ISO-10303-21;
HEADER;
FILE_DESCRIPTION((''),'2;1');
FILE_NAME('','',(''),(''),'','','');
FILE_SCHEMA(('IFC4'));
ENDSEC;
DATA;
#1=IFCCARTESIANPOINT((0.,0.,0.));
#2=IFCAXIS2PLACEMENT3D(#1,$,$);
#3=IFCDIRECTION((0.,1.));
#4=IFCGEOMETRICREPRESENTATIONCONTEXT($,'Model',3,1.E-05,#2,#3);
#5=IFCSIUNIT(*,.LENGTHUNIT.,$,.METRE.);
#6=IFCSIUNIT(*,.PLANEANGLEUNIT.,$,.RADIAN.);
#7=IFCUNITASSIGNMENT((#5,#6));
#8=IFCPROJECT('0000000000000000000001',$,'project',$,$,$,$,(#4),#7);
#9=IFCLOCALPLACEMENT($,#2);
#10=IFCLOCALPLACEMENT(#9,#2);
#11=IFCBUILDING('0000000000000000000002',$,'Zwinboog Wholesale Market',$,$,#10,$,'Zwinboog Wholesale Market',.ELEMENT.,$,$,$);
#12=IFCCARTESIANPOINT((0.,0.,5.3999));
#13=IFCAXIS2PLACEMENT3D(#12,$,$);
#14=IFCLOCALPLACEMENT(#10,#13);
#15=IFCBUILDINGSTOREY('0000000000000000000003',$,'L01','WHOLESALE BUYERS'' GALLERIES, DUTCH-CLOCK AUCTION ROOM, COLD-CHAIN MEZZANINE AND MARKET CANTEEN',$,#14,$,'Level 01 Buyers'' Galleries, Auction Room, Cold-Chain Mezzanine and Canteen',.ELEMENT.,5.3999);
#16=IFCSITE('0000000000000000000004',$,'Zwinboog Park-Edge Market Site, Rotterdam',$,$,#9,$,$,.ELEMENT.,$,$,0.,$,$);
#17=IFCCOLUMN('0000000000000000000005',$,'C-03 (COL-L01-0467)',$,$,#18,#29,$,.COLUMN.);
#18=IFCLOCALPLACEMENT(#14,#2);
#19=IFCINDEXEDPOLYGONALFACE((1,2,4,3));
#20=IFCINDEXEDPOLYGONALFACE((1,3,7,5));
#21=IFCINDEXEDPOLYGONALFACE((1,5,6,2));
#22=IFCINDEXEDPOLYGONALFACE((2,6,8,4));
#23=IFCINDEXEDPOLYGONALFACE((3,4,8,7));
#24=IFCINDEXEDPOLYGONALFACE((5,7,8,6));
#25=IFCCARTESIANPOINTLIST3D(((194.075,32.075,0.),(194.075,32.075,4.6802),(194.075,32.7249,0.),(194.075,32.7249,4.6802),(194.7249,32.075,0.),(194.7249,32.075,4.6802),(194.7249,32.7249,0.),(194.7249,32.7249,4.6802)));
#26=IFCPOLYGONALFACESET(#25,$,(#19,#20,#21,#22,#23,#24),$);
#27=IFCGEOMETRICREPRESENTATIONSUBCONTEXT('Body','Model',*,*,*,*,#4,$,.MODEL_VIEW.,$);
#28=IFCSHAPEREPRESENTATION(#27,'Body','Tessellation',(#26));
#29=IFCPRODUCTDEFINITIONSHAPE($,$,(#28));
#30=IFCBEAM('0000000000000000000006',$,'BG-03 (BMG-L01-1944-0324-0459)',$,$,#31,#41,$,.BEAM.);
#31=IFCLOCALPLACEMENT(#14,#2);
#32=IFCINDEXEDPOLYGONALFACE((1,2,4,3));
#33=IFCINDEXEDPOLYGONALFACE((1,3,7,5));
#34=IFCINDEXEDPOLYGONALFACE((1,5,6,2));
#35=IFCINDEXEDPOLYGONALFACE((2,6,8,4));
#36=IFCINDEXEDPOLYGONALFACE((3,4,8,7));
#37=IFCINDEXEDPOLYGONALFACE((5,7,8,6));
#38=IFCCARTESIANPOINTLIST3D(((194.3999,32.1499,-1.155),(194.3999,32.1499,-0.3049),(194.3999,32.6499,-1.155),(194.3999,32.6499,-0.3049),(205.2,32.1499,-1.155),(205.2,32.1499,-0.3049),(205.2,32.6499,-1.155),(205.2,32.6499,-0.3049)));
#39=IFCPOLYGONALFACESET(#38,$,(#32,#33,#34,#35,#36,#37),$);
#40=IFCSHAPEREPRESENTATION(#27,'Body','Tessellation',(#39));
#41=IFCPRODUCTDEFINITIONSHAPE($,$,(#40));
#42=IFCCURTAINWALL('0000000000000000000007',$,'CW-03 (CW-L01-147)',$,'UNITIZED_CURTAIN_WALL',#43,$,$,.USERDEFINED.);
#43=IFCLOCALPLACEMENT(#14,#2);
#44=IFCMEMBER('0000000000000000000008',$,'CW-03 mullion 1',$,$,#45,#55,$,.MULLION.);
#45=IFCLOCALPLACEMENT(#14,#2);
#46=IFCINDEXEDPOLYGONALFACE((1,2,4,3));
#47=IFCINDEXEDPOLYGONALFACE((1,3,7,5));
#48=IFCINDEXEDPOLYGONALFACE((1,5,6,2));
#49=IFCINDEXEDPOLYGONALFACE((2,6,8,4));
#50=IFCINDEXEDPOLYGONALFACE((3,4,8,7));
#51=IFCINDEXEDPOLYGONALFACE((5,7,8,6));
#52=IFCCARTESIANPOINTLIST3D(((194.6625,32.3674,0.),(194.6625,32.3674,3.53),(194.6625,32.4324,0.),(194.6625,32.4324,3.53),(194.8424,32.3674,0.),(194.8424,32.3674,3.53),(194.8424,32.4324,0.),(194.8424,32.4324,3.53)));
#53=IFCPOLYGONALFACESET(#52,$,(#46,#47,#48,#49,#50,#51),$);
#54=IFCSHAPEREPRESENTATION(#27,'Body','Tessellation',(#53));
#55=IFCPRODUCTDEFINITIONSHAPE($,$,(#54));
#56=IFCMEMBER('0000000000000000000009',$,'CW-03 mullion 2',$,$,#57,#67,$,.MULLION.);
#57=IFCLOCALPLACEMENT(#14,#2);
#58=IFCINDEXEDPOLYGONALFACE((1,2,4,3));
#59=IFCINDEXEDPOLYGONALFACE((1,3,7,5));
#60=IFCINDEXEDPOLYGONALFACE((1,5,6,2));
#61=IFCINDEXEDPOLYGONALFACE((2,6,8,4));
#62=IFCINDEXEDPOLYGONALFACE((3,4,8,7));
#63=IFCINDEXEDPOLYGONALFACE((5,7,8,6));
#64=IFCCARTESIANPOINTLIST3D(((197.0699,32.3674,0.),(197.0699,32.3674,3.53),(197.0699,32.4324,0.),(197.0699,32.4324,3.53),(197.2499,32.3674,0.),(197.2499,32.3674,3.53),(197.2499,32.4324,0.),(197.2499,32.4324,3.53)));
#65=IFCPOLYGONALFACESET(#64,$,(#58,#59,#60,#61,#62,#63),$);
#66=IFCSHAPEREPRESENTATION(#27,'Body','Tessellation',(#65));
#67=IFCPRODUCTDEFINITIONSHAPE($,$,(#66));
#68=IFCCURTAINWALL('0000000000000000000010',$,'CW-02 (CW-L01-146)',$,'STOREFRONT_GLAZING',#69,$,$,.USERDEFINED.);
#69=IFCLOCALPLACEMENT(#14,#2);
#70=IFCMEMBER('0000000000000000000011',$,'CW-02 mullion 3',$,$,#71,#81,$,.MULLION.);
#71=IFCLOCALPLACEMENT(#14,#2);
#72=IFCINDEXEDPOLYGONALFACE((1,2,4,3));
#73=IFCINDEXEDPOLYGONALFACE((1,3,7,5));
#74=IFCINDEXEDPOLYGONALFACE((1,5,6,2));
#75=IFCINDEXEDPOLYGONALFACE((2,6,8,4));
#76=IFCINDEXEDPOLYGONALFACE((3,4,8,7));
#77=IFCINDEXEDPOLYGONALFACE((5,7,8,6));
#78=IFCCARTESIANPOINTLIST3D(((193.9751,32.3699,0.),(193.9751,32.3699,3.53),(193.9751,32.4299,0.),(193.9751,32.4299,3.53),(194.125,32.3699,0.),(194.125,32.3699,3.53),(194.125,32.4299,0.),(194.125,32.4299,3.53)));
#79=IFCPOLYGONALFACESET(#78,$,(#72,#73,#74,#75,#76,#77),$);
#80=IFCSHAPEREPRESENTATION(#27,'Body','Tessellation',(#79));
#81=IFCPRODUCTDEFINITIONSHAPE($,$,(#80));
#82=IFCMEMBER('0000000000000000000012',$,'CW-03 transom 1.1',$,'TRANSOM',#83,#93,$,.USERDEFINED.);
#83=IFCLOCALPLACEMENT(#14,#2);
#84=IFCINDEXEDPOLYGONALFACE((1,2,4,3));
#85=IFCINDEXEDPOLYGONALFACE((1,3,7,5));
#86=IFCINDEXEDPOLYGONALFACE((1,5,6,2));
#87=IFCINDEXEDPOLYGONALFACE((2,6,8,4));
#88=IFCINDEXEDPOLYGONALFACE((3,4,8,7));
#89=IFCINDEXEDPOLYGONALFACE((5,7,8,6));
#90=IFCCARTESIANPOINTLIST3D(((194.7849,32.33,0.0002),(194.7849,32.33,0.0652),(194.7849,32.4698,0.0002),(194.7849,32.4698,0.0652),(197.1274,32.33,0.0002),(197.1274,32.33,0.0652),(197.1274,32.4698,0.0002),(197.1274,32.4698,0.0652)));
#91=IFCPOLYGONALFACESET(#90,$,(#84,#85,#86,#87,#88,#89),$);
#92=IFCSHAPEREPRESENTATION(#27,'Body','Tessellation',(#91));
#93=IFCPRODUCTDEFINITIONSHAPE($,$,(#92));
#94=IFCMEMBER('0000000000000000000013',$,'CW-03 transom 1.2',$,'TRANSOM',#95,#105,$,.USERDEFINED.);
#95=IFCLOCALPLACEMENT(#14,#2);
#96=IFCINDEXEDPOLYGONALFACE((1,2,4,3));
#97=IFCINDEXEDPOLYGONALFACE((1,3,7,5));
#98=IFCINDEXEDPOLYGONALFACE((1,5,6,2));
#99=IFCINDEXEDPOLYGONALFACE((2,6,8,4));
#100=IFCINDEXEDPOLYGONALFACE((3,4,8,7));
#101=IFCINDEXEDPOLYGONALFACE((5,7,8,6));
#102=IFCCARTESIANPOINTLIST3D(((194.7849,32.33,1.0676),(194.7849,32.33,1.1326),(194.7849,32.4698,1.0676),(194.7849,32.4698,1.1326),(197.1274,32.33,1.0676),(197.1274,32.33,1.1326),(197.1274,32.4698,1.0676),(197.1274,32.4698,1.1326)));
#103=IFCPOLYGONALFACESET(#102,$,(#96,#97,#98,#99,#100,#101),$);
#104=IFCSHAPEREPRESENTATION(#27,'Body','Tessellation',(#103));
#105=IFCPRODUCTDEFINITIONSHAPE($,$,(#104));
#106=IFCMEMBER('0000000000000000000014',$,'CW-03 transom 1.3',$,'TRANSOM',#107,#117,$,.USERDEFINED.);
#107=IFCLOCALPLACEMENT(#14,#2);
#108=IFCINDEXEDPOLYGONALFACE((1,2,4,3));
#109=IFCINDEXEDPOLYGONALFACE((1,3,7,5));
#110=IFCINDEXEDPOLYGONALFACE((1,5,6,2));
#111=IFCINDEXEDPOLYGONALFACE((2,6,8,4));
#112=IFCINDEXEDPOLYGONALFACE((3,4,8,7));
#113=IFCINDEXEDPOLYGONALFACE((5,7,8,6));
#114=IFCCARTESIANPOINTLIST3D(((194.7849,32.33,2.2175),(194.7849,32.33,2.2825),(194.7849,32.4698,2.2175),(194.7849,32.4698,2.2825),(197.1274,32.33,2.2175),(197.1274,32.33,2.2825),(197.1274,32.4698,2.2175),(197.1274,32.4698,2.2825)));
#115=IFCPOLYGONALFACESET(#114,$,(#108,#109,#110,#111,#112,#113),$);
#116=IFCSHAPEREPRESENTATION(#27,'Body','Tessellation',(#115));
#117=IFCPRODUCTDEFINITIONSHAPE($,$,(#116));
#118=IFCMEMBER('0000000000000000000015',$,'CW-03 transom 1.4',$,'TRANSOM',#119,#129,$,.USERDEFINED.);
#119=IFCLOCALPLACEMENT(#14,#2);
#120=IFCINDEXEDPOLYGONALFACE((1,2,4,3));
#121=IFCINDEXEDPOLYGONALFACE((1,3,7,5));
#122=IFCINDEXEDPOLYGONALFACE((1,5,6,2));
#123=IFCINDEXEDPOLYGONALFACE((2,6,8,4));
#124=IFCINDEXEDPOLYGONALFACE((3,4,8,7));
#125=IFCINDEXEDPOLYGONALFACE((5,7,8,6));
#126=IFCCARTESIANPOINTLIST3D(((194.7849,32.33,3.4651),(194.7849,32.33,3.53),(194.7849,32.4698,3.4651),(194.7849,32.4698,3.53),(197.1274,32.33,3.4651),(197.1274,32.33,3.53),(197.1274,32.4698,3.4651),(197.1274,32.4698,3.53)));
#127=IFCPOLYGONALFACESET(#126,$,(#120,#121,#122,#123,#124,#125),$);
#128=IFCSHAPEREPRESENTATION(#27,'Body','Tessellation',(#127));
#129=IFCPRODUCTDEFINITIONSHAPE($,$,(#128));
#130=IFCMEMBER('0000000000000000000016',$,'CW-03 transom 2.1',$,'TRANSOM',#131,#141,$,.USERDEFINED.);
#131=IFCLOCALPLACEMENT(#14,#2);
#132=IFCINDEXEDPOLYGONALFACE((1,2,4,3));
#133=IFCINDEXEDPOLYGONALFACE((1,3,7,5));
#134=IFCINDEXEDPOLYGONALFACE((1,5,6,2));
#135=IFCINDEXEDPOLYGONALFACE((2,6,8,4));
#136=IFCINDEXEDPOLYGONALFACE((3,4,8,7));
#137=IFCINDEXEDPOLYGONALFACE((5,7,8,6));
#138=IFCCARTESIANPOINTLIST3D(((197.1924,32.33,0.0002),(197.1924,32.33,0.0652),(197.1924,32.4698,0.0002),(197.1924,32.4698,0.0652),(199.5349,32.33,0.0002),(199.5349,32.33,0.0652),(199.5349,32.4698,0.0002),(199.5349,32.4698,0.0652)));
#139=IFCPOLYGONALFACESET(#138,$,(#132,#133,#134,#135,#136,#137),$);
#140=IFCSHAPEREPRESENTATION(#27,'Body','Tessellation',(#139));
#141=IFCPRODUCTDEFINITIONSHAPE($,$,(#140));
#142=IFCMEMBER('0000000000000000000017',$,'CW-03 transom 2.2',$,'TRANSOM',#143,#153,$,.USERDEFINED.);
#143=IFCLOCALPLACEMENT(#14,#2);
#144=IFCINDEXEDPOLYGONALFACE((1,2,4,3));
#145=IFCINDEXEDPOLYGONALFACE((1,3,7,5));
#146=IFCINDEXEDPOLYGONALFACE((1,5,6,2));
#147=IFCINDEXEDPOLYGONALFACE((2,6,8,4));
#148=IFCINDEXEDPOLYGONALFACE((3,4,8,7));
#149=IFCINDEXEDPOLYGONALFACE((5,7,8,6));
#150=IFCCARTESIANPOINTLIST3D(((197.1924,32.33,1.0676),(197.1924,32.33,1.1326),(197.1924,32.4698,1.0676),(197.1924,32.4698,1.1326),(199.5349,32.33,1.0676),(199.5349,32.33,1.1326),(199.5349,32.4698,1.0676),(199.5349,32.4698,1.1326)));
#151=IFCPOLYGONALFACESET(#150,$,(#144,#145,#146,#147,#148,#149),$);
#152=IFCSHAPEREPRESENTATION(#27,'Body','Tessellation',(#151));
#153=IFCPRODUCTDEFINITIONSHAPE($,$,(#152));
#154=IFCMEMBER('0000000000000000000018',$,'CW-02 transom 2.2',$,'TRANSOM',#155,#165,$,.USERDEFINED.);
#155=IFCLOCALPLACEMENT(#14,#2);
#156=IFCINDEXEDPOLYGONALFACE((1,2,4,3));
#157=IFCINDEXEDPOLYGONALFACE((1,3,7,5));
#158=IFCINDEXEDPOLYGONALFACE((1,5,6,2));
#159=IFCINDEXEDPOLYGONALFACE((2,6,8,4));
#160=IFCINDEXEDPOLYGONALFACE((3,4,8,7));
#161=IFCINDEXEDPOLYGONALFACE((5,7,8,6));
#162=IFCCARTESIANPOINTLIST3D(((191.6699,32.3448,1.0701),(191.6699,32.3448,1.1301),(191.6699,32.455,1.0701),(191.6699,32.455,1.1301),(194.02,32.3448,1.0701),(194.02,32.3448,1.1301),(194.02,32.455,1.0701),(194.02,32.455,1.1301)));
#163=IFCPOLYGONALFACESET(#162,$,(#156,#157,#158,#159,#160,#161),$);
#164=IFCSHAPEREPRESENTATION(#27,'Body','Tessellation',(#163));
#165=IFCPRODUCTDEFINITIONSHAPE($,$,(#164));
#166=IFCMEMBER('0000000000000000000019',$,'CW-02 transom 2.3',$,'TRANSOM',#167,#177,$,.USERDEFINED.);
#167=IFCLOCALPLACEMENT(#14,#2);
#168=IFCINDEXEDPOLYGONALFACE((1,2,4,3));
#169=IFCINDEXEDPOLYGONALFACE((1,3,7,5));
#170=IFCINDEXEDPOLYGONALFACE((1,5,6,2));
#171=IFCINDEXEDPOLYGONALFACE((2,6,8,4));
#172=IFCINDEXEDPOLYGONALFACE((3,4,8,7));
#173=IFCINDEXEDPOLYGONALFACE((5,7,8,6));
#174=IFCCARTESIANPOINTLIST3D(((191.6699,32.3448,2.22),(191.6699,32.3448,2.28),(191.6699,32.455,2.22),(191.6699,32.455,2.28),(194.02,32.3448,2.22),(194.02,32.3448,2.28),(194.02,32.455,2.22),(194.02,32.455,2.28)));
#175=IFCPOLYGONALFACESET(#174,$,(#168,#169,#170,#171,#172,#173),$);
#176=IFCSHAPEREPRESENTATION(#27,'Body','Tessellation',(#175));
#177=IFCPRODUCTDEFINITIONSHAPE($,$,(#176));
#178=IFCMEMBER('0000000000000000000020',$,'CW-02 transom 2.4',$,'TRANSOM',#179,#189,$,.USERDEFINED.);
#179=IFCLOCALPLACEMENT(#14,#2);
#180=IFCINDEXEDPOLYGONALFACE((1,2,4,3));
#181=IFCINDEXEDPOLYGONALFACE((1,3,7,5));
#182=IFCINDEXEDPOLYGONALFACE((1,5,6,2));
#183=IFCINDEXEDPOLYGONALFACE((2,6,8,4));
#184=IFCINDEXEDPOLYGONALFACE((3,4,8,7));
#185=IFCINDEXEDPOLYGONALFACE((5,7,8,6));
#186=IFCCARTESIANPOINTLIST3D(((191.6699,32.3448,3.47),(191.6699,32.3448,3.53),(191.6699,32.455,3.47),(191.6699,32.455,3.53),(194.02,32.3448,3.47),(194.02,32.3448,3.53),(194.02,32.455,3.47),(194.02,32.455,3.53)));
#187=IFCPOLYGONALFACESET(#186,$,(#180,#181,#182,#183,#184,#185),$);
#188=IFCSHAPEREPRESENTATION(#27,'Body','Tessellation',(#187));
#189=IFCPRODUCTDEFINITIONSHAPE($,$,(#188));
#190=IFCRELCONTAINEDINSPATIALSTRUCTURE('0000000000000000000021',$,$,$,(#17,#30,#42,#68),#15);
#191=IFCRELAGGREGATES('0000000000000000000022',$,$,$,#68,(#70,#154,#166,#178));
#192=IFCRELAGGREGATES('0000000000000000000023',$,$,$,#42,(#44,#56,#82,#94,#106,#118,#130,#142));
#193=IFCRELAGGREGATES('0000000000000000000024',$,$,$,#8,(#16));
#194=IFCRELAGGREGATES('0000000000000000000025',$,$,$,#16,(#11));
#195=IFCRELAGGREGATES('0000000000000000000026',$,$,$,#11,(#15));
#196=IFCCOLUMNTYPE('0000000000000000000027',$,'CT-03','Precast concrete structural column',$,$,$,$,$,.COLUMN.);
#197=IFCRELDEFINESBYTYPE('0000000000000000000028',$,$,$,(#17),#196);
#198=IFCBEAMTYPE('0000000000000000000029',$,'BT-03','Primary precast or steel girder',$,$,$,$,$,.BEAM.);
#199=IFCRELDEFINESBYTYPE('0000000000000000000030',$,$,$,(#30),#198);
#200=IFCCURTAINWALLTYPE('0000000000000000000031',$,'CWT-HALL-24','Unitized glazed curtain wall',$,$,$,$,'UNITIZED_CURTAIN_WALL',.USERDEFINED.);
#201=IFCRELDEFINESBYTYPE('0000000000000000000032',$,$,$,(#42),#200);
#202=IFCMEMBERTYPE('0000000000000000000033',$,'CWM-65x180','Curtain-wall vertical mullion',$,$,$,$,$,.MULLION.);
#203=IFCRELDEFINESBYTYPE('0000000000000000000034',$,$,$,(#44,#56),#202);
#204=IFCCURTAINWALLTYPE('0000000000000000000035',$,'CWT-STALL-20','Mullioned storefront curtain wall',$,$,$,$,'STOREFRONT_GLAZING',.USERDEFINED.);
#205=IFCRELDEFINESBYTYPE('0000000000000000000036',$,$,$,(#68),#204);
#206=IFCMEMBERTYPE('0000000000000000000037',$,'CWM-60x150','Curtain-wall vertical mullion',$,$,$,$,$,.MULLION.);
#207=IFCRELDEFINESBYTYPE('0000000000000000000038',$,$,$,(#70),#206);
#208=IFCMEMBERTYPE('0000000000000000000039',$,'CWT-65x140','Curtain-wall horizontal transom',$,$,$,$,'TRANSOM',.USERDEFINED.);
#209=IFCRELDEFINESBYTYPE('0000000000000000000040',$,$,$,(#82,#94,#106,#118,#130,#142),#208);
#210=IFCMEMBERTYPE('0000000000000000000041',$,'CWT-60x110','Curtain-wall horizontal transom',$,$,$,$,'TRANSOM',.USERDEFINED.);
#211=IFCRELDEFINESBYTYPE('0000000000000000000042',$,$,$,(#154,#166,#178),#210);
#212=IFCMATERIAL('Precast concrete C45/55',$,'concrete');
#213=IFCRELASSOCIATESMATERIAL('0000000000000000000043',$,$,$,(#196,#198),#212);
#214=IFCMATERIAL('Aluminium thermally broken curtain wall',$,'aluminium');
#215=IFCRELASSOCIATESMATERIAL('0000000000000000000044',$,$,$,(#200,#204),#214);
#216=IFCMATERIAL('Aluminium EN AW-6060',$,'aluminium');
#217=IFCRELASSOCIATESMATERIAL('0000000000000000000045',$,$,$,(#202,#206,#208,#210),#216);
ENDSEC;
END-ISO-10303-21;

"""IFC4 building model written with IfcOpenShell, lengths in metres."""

from ifc_helpers import new_model, si_unit, direction, frame, origin, origin_2d, place, context, subcontext, project, spatial, rectangle, extrude, material, material_profile, profile_set, type_object, element, aggregate, save


model = new_model("IFC4")

# Units and contexts
model_context = context("Model", 3, precision=1e-05, world=origin(), true_north=direction((0.0, 1.0)))
body_context = subcontext(model_context, "Body", "Model", "MODEL_VIEW")
ifc_project = project(units=[si_unit("LENGTHUNIT", "METRE"), si_unit("PLANEANGLEUNIT", "RADIAN")], contexts=[model_context])

# Site, building, storey
site_placement = place(None, origin())
site = spatial("IfcSite", under=ifc_project, at=site_placement, Name="Zwinboog Park-Edge Market Site, Rotterdam", CompositionType="ELEMENT", RefElevation=0.0)
building_placement = place(site_placement, origin())
building = spatial("IfcBuilding", under=site, at=building_placement, Name="Zwinboog Wholesale Market", LongName="Zwinboog Wholesale Market", CompositionType="ELEMENT")
storey_placement = place(building_placement, frame((0.0, 0.0, 5.3999)))
storey = spatial("IfcBuildingStorey", under=building, at=storey_placement, Name="L01", Description="WHOLESALE BUYERS' GALLERIES, DUTCH-CLOCK AUCTION ROOM, COLD-CHAIN MEZZANINE AND MARKET CANTEEN", LongName="Level 01 Buyers' Galleries, Auction Room, Cold-Chain Mezzanine and Canteen", CompositionType="ELEMENT", Elevation=5.3999)

# Column
ifc_material_1 = material(Name="Precast concrete C45/55", Category="concrete")
ifc_material_profile_1 = material_profile(ifc_material_1, rectangle(XDim=0.6499, YDim=0.6499, at=origin_2d()), Name="PC 650x650")
ifc_profile_set_1 = profile_set([ifc_material_profile_1], Name="Precast concrete C45/55")
column_type = type_object("IfcColumnType", Name="CT-03", Description="Precast concrete structural column", PredefinedType="COLUMN", material=ifc_profile_set_1)
column_placement = place(storey_placement, frame((194.3999, 32.3999, 0.0), z_axis=(0.0, 0.0, 1.0), x_axis=(1.0, 0.0, 0.0)))
element("IfcColumn", 1, at=column_placement, inside=storey, type_object=column_type, Name="C-03 (COL-L01-0467)", PredefinedType="COLUMN", context=body_context, shape_type="SweptSolid", body=[
    extrude(rectangle(XDim=0.6499, YDim=0.6499, at=origin_2d()), origin(), (0.0, 0.0, 1.0), 4.6802),
])

# Beam
ifc_material_profile_2 = material_profile(ifc_material_1, rectangle(XDim=0.5, YDim=0.8501, at=origin_2d()), Name="PC 500x850")
ifc_profile_set_2 = profile_set([ifc_material_profile_2], Name="Precast concrete C45/55")
beam_type = type_object("IfcBeamType", Name="BT-03", Description="Primary precast or steel girder", PredefinedType="BEAM", material=ifc_profile_set_2)
beam_placement = place(storey_placement, frame((194.3999, 32.3999, -0.73), z_axis=(1.0, 0.0, 0.0), x_axis=(0.0, 1.0, 0.0)))
element("IfcBeam", 2, at=beam_placement, inside=storey, type_object=beam_type, Name="BG-03 (BMG-L01-1944-0324-0459)", PredefinedType="BEAM", context=body_context, shape_type="SweptSolid", body=[
    extrude(rectangle(XDim=0.5, YDim=0.8501, at=origin_2d()), origin(), (0.0, 0.0, 1.0), 10.8),
])

# Curtain wall, members
ifc_material_2 = material(Name="Aluminium thermally broken curtain wall", Category="aluminium")
curtain_wall_type_1 = type_object("IfcCurtainWallType", Name="CWT-HALL-24", Description="Unitized glazed curtain wall", ElementType="UNITIZED_CURTAIN_WALL", PredefinedType="USERDEFINED", material=ifc_material_2)
curtain_wall_1_placement = place(storey_placement, origin())
curtain_wall_1 = element("IfcCurtainWall", 3, at=curtain_wall_1_placement, inside=storey, type_object=curtain_wall_type_1, Name="CW-03 (CW-L01-147)", ObjectType="UNITIZED_CURTAIN_WALL", PredefinedType="USERDEFINED")
ifc_material_3 = material(Name="Aluminium EN AW-6060", Category="aluminium")
ifc_material_profile_3 = material_profile(ifc_material_3, rectangle(XDim=0.0649, YDim=0.1799, at=origin_2d()), Name="AL 65x180")
ifc_profile_set_3 = profile_set([ifc_material_profile_3], Name="Aluminium EN AW-6060")
member_type_1 = type_object("IfcMemberType", Name="CWM-65x180", Description="Curtain-wall vertical mullion", PredefinedType="MULLION", material=ifc_profile_set_3)
member_1_placement = place(storey_placement, frame((194.7524, 32.3999, 0.0), z_axis=(0.0, 0.0, 1.0), x_axis=(0.0, 1.0, 0.0)))
member_1 = element("IfcMember", 4, at=member_1_placement, type_object=member_type_1, Name="CW-03 mullion 1", PredefinedType="MULLION", context=body_context, shape_type="SweptSolid", body=[
    extrude(rectangle(XDim=0.0649, YDim=0.1799, at=origin_2d()), origin(), (0.0, 0.0, 1.0), 3.53),
])
member_2_placement = place(storey_placement, frame((197.1599, 32.3999, 0.0), z_axis=(0.0, 0.0, 1.0), x_axis=(0.0, 1.0, 0.0)))
member_2 = element("IfcMember", 5, at=member_2_placement, type_object=member_type_1, Name="CW-03 mullion 2", PredefinedType="MULLION", context=body_context, shape_type="SweptSolid", body=[
    extrude(rectangle(XDim=0.0649, YDim=0.1799, at=origin_2d()), origin(), (0.0, 0.0, 1.0), 3.53),
])

# Curtain wall, member
curtain_wall_type_2 = type_object("IfcCurtainWallType", Name="CWT-STALL-20", Description="Mullioned storefront curtain wall", ElementType="STOREFRONT_GLAZING", PredefinedType="USERDEFINED", material=ifc_material_2)
curtain_wall_2_placement = place(storey_placement, origin())
curtain_wall_2 = element("IfcCurtainWall", 6, at=curtain_wall_2_placement, inside=storey, type_object=curtain_wall_type_2, Name="CW-02 (CW-L01-146)", ObjectType="STOREFRONT_GLAZING", PredefinedType="USERDEFINED")
ifc_material_profile_4 = material_profile(ifc_material_3, rectangle(XDim=0.0601, YDim=0.1499, at=origin_2d()), Name="AL 60x150")
ifc_profile_set_4 = profile_set([ifc_material_profile_4], Name="Aluminium EN AW-6060")
member_type_2 = type_object("IfcMemberType", Name="CWM-60x150", Description="Curtain-wall vertical mullion", PredefinedType="MULLION", material=ifc_profile_set_4)
member_3_placement = place(storey_placement, frame((194.05, 32.3999, 0.0), z_axis=(0.0, 0.0, 1.0), x_axis=(0.0, 1.0, 0.0)))
member_3 = element("IfcMember", 7, at=member_3_placement, type_object=member_type_2, Name="CW-02 mullion 3", PredefinedType="MULLION", context=body_context, shape_type="SweptSolid", body=[
    extrude(rectangle(XDim=0.0601, YDim=0.1499, at=origin_2d()), origin(), (0.0, 0.0, 1.0), 3.53),
])

# Members
ifc_material_profile_5 = material_profile(ifc_material_3, rectangle(XDim=0.1399, YDim=0.0649, at=origin_2d()), Name="AL 65x140")
ifc_profile_set_5 = profile_set([ifc_material_profile_5], Name="Aluminium EN AW-6060")
member_type_3 = type_object("IfcMemberType", Name="CWT-65x140", Description="Curtain-wall horizontal transom", ElementType="TRANSOM", PredefinedType="USERDEFINED", material=ifc_profile_set_5)
member_4_placement = place(storey_placement, frame((194.7849, 32.3999, 0.0327), z_axis=(1.0, 0.0, 0.0), x_axis=(0.0, 1.0, 0.0)))
member_4 = element("IfcMember", 8, at=member_4_placement, type_object=member_type_3, Name="CW-03 transom 1.1", ObjectType="TRANSOM", PredefinedType="USERDEFINED", context=body_context, shape_type="SweptSolid", body=[
    extrude(rectangle(XDim=0.1399, YDim=0.0649, at=origin_2d()), origin(), (0.0, 0.0, 1.0), 2.3425),
])
member_5_placement = place(storey_placement, frame((194.7849, 32.3999, 1.1001), z_axis=(1.0, 0.0, 0.0), x_axis=(0.0, 1.0, 0.0)))
member_5 = element("IfcMember", 9, at=member_5_placement, type_object=member_type_3, Name="CW-03 transom 1.2", ObjectType="TRANSOM", PredefinedType="USERDEFINED", context=body_context, shape_type="SweptSolid", body=[
    extrude(rectangle(XDim=0.1399, YDim=0.0649, at=origin_2d()), origin(), (0.0, 0.0, 1.0), 2.3425),
])
member_6_placement = place(storey_placement, frame((194.7849, 32.3999, 2.25), z_axis=(1.0, 0.0, 0.0), x_axis=(0.0, 1.0, 0.0)))
member_6 = element("IfcMember", 10, at=member_6_placement, type_object=member_type_3, Name="CW-03 transom 1.3", ObjectType="TRANSOM", PredefinedType="USERDEFINED", context=body_context, shape_type="SweptSolid", body=[
    extrude(rectangle(XDim=0.1399, YDim=0.0649, at=origin_2d()), origin(), (0.0, 0.0, 1.0), 2.3425),
])
member_7_placement = place(storey_placement, frame((194.7849, 32.3999, 3.4976), z_axis=(1.0, 0.0, 0.0), x_axis=(0.0, 1.0, 0.0)))
member_7 = element("IfcMember", 11, at=member_7_placement, type_object=member_type_3, Name="CW-03 transom 1.4", ObjectType="TRANSOM", PredefinedType="USERDEFINED", context=body_context, shape_type="SweptSolid", body=[
    extrude(rectangle(XDim=0.1399, YDim=0.0649, at=origin_2d()), origin(), (0.0, 0.0, 1.0), 2.3425),
])
member_8_placement = place(storey_placement, frame((197.1924, 32.3999, 0.0327), z_axis=(1.0, 0.0, 0.0), x_axis=(0.0, 1.0, 0.0)))
member_8 = element("IfcMember", 12, at=member_8_placement, type_object=member_type_3, Name="CW-03 transom 2.1", ObjectType="TRANSOM", PredefinedType="USERDEFINED", context=body_context, shape_type="SweptSolid", body=[
    extrude(rectangle(XDim=0.1399, YDim=0.0649, at=origin_2d()), origin(), (0.0, 0.0, 1.0), 2.3425),
])
member_9_placement = place(storey_placement, frame((197.1924, 32.3999, 1.1001), z_axis=(1.0, 0.0, 0.0), x_axis=(0.0, 1.0, 0.0)))
member_9 = element("IfcMember", 13, at=member_9_placement, type_object=member_type_3, Name="CW-03 transom 2.2", ObjectType="TRANSOM", PredefinedType="USERDEFINED", context=body_context, shape_type="SweptSolid", body=[
    extrude(rectangle(XDim=0.1399, YDim=0.0649, at=origin_2d()), origin(), (0.0, 0.0, 1.0), 2.3425),
])
ifc_material_profile_6 = material_profile(ifc_material_3, rectangle(XDim=0.1101, YDim=0.0601, at=origin_2d()), Name="AL 60x110")
ifc_profile_set_6 = profile_set([ifc_material_profile_6], Name="Aluminium EN AW-6060")
member_type_4 = type_object("IfcMemberType", Name="CWT-60x110", Description="Curtain-wall horizontal transom", ElementType="TRANSOM", PredefinedType="USERDEFINED", material=ifc_profile_set_6)
member_10_placement = place(storey_placement, frame((191.6699, 32.3999, 1.1001), z_axis=(1.0, 0.0, 0.0), x_axis=(0.0, 1.0, 0.0)))
member_10 = element("IfcMember", 14, at=member_10_placement, type_object=member_type_4, Name="CW-02 transom 2.2", ObjectType="TRANSOM", PredefinedType="USERDEFINED", context=body_context, shape_type="SweptSolid", body=[
    extrude(rectangle(XDim=0.1101, YDim=0.0601, at=origin_2d()), origin(), (0.0, 0.0, 1.0), 2.3501),
])
member_11_placement = place(storey_placement, frame((191.6699, 32.3999, 2.25), z_axis=(1.0, 0.0, 0.0), x_axis=(0.0, 1.0, 0.0)))
member_11 = element("IfcMember", 15, at=member_11_placement, type_object=member_type_4, Name="CW-02 transom 2.3", ObjectType="TRANSOM", PredefinedType="USERDEFINED", context=body_context, shape_type="SweptSolid", body=[
    extrude(rectangle(XDim=0.1101, YDim=0.0601, at=origin_2d()), origin(), (0.0, 0.0, 1.0), 2.3501),
])
member_12_placement = place(storey_placement, frame((191.6699, 32.3999, 3.5), z_axis=(1.0, 0.0, 0.0), x_axis=(0.0, 1.0, 0.0)))
member_12 = element("IfcMember", 16, at=member_12_placement, type_object=member_type_4, Name="CW-02 transom 2.4", ObjectType="TRANSOM", PredefinedType="USERDEFINED", context=body_context, shape_type="SweptSolid", body=[
    extrude(rectangle(XDim=0.1101, YDim=0.0601, at=origin_2d()), origin(), (0.0, 0.0, 1.0), 2.3501),
])

aggregate(curtain_wall_2, [member_3, member_10, member_11, member_12])
aggregate(curtain_wall_1, [member_1, member_2, member_4, member_5, member_6, member_7, member_8, member_9])

save(model, "model.ifc")
